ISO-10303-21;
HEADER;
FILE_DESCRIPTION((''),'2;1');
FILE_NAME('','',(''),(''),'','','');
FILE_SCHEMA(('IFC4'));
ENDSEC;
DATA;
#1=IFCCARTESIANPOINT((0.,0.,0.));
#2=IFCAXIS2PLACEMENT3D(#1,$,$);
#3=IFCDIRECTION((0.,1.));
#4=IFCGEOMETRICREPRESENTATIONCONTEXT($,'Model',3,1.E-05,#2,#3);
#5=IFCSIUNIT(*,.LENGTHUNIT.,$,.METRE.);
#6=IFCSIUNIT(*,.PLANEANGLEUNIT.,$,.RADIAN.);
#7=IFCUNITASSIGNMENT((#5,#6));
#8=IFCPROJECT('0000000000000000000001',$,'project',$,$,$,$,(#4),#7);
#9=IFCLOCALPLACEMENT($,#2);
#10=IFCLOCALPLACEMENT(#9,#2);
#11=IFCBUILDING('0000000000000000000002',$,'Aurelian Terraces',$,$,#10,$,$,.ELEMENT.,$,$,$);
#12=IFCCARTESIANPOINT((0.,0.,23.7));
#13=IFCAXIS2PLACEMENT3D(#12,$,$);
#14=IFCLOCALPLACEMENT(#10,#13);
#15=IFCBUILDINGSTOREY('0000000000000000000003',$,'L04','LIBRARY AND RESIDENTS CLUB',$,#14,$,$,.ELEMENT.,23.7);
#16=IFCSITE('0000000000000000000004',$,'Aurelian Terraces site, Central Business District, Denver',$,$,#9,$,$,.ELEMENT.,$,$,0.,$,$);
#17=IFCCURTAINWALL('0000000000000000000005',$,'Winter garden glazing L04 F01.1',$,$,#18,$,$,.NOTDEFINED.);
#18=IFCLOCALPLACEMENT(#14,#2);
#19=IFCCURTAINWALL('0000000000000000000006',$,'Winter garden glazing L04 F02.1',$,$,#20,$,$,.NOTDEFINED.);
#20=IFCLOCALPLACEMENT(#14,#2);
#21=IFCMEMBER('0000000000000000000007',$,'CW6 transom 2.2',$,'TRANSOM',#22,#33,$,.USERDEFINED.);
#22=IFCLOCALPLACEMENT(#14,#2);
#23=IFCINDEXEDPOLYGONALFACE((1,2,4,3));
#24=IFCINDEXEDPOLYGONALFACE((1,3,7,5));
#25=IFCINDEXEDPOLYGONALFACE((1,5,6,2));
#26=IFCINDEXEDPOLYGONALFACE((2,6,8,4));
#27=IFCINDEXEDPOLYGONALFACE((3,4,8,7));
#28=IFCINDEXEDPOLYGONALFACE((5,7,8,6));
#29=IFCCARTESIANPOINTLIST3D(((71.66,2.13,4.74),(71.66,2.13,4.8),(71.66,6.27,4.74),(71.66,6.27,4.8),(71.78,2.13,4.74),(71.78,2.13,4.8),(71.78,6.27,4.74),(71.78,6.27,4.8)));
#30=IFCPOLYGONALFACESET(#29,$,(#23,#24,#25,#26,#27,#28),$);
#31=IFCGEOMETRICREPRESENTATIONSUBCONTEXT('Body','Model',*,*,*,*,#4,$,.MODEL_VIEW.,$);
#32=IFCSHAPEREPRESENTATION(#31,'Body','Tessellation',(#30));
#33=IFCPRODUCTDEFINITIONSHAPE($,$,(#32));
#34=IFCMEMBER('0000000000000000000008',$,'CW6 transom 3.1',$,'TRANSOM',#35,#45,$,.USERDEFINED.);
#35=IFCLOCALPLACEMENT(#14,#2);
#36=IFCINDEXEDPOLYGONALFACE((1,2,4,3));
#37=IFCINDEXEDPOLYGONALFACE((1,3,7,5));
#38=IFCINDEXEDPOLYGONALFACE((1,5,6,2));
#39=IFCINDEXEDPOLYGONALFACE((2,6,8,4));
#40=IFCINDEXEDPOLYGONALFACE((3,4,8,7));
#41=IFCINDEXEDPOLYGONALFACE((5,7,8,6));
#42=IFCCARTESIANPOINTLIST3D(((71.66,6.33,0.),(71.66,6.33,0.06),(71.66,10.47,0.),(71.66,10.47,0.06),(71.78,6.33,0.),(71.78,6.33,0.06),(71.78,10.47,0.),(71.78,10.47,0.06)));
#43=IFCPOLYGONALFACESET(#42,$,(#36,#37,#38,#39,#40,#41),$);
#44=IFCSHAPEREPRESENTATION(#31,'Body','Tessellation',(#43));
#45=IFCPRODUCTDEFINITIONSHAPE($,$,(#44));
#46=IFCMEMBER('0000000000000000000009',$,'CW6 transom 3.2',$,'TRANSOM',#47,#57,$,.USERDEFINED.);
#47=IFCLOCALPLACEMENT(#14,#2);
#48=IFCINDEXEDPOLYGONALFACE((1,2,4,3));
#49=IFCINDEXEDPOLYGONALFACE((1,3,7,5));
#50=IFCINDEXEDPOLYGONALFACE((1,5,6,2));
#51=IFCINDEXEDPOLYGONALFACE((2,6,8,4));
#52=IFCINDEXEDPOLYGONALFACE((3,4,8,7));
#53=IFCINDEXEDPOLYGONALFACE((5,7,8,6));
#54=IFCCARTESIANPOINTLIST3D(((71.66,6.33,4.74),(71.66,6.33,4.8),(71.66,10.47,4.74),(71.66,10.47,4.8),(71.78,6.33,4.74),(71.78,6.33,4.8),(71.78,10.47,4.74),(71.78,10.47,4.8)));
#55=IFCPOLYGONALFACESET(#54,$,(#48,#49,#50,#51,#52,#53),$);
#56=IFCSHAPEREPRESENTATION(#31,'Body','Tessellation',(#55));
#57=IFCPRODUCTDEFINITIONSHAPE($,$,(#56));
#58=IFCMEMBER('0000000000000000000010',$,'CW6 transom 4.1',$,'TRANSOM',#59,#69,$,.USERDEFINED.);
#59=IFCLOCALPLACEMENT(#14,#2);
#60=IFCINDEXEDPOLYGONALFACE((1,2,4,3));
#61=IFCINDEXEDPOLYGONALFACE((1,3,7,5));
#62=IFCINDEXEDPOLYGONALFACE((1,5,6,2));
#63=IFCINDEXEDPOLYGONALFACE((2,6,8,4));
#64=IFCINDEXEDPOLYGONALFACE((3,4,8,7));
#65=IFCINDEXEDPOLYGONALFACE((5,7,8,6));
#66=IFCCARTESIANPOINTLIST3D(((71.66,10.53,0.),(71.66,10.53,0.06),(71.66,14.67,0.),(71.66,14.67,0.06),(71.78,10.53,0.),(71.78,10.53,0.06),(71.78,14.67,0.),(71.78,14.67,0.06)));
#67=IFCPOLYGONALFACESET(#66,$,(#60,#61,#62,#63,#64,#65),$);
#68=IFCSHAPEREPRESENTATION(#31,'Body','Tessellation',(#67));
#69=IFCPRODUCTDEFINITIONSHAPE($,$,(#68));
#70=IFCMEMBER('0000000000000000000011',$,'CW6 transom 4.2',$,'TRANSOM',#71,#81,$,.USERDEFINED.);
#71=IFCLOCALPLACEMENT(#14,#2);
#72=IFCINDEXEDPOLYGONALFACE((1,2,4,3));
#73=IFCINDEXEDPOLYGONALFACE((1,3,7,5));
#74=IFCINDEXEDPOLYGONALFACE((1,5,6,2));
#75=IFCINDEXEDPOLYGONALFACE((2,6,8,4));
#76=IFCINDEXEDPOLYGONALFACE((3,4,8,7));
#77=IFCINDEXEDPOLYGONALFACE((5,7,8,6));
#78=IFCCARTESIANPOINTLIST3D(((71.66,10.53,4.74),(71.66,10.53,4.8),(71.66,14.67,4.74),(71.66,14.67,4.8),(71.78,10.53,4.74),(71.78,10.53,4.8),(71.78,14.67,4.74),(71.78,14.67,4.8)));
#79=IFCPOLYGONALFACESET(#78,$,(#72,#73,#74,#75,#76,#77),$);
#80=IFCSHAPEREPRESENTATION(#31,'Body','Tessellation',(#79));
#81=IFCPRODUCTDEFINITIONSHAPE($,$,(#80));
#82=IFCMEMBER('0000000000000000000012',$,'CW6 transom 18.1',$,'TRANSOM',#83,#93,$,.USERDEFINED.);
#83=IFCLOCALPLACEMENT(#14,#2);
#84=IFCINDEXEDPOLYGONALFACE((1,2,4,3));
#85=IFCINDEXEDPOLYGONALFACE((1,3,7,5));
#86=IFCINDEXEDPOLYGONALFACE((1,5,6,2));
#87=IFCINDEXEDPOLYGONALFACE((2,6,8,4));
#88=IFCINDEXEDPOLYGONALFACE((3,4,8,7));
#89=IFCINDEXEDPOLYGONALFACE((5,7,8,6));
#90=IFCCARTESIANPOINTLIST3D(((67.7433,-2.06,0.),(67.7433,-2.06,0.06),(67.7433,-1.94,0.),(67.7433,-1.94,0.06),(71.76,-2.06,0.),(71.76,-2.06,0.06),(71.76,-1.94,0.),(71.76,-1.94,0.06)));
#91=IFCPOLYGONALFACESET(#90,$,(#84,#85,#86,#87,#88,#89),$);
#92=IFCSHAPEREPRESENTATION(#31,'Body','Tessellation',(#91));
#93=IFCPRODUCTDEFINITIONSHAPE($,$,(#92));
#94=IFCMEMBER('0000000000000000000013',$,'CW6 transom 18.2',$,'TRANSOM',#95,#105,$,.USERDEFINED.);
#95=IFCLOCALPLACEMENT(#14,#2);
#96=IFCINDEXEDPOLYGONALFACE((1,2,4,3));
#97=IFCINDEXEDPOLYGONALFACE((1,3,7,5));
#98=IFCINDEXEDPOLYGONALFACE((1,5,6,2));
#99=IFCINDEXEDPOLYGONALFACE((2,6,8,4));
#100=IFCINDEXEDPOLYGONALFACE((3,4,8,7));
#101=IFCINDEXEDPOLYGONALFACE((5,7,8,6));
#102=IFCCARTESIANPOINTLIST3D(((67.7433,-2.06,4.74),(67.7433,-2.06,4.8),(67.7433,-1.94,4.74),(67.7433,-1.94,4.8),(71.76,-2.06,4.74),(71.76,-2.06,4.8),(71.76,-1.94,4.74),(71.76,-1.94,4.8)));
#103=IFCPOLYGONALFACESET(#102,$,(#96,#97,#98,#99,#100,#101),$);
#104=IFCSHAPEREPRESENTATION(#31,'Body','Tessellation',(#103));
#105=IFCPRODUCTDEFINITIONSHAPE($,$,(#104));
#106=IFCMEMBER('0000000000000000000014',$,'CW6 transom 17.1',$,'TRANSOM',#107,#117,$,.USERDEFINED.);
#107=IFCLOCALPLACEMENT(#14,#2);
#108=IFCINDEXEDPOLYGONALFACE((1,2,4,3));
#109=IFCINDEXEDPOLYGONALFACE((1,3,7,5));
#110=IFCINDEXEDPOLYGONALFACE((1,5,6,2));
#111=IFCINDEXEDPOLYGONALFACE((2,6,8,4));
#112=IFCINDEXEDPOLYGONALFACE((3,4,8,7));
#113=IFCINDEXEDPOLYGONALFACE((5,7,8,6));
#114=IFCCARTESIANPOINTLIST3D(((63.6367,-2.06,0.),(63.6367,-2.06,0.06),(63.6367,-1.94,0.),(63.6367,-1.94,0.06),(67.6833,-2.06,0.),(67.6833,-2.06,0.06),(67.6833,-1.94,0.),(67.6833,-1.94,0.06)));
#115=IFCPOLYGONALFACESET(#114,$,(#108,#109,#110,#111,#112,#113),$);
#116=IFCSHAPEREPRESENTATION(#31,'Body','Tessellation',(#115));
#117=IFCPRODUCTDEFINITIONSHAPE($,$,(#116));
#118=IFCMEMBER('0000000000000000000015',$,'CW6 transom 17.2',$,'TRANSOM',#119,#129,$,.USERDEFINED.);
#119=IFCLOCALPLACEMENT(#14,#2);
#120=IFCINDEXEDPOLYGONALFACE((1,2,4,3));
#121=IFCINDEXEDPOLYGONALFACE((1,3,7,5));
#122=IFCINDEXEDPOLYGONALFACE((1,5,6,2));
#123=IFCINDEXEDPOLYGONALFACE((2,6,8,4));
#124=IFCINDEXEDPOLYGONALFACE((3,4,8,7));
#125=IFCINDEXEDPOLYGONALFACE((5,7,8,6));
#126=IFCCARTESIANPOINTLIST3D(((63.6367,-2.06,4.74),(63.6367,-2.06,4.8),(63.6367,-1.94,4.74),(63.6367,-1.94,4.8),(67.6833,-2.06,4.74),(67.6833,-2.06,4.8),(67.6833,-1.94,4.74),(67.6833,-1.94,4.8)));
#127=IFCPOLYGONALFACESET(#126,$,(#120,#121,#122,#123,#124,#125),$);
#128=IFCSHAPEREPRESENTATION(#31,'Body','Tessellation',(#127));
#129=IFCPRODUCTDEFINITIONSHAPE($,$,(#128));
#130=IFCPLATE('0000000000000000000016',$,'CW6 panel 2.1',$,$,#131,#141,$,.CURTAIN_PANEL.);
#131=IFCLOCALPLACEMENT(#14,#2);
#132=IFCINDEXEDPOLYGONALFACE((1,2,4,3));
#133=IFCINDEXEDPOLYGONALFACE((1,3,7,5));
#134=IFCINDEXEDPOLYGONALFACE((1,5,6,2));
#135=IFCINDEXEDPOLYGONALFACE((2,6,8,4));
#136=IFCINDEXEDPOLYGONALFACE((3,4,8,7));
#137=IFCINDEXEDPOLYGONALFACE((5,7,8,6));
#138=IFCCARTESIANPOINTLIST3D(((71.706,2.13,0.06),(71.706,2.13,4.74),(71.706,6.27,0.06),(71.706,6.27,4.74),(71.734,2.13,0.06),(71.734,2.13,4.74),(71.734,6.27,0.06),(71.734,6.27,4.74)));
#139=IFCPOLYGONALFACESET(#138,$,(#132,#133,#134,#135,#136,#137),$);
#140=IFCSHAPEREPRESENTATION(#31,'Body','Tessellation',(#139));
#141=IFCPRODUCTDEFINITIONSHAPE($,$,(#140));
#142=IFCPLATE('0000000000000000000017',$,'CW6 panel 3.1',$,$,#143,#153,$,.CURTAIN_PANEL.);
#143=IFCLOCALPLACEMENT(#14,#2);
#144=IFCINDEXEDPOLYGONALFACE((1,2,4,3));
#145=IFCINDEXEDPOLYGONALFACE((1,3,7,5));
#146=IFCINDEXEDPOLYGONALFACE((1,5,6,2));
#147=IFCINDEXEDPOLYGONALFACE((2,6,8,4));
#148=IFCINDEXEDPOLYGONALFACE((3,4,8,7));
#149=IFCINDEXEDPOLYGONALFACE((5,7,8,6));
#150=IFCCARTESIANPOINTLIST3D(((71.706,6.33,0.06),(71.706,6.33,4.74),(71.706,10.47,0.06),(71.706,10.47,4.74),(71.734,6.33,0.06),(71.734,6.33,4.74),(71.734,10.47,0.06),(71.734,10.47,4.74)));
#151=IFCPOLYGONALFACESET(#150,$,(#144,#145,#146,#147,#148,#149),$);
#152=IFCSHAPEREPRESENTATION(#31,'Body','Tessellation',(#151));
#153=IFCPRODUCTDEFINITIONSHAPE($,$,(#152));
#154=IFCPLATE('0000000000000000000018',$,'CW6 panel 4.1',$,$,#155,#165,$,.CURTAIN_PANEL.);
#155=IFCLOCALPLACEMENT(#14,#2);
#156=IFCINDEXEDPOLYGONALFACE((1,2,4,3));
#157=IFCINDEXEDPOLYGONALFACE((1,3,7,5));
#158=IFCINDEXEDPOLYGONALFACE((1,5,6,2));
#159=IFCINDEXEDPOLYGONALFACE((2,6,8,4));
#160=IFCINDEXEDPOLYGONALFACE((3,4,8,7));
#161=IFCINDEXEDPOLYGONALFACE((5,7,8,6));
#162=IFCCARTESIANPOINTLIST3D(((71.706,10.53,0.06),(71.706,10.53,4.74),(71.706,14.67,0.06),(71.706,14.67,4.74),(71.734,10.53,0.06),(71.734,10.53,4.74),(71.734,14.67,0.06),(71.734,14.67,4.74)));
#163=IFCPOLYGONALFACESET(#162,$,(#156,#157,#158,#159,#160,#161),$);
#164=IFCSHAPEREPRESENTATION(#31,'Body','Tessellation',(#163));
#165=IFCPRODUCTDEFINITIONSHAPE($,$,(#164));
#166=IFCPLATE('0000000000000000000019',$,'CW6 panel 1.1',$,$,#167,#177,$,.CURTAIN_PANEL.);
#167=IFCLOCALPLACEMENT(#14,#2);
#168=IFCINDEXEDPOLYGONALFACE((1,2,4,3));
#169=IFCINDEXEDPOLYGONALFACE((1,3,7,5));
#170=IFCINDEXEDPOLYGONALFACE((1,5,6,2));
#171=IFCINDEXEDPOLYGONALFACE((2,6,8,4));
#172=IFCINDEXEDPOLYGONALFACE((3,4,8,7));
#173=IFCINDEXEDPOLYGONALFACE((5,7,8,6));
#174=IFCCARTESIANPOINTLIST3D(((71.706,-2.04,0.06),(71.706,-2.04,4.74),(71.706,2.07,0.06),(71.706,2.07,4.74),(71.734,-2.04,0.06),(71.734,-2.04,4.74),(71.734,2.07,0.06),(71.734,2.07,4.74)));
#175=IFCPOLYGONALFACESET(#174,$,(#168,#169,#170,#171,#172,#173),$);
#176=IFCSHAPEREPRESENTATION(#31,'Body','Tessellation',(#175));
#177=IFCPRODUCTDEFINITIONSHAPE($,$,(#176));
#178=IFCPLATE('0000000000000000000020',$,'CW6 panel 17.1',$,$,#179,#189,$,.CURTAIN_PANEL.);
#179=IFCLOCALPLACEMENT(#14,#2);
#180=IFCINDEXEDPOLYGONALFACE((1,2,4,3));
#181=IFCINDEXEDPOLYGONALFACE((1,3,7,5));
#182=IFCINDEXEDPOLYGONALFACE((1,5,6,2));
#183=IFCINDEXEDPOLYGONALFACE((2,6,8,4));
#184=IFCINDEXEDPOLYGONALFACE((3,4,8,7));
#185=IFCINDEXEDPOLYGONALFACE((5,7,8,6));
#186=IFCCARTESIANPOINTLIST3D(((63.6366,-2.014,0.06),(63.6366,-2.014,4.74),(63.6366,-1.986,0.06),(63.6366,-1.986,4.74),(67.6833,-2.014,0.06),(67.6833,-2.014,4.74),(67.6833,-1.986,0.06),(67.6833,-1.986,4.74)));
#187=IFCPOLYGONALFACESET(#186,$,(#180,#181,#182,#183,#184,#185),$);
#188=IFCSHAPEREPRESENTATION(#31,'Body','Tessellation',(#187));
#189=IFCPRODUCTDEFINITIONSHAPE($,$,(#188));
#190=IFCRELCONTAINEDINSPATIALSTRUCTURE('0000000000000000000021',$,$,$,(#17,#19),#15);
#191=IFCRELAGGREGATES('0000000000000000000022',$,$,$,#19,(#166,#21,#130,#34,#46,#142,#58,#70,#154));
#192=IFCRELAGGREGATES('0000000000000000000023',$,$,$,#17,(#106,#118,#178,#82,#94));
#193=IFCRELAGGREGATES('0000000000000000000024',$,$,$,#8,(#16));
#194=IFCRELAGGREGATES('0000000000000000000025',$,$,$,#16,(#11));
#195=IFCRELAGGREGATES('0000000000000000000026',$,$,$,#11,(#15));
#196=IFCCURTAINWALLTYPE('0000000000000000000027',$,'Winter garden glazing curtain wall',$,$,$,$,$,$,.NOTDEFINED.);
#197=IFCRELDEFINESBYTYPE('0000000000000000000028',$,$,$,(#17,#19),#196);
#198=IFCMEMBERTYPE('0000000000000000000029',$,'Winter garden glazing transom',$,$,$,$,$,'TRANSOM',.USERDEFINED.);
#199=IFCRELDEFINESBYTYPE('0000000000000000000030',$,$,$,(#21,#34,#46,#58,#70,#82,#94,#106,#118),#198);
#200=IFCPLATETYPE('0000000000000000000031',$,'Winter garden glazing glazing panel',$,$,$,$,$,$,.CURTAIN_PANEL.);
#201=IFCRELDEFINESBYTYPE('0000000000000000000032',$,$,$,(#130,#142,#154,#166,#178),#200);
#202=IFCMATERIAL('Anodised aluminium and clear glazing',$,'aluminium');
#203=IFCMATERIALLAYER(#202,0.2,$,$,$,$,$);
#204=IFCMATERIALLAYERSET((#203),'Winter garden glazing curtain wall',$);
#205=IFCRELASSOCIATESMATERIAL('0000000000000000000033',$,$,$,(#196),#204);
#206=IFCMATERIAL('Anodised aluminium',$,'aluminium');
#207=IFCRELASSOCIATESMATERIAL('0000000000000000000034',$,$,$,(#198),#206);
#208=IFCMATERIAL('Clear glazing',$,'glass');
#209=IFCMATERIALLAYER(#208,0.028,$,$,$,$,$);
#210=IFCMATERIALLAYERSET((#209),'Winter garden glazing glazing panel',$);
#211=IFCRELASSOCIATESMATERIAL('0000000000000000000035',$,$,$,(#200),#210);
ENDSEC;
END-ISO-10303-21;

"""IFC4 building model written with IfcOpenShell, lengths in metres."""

from ifc_helpers import new_model, si_unit, direction, frame, origin, origin_2d, place, context, subcontext, project, spatial, rectangle, extrude, source, transform, mapped, material, layer, layer_set, material_profile, profile_set, type_object, element, aggregate, save


model = new_model("IFC4")

# Units and contexts
model_context = context("Model", 3, precision=1e-05, world=origin(), true_north=direction((0.0, 1.0)))
body_context = subcontext(model_context, "Body", "Model", "MODEL_VIEW")
ifc_project = project(units=[si_unit("LENGTHUNIT", "METRE"), si_unit("PLANEANGLEUNIT", "RADIAN")], contexts=[model_context])

# Site, building, storey
site_placement = place(None, origin())
site = spatial("IfcSite", under=ifc_project, at=site_placement, Name="Aurelian Terraces site, Central Business District, Denver", CompositionType="ELEMENT", RefElevation=0.0)
building_placement = place(site_placement, origin())
building = spatial("IfcBuilding", under=site, at=building_placement, Name="Aurelian Terraces", CompositionType="ELEMENT")
storey_placement = place(building_placement, frame((0.0, 0.0, 23.7)))
storey = spatial("IfcBuildingStorey", under=building, at=storey_placement, Name="L04", Description="LIBRARY AND RESIDENTS CLUB", CompositionType="ELEMENT", Elevation=23.7)

# Curtain walls, members
ifc_material_1 = material(Name="Anodised aluminium and clear glazing", Category="aluminium")
ifc_layer_1 = layer(ifc_material_1, 0.2)
ifc_layer_set_1 = layer_set([ifc_layer_1], Name="Winter garden glazing curtain wall")
curtain_wall_type = type_object("IfcCurtainWallType", Name="Winter garden glazing curtain wall", PredefinedType="NOTDEFINED", material=ifc_layer_set_1)
curtain_wall_1_placement = place(storey_placement, origin())
curtain_wall_1 = element("IfcCurtainWall", 1, at=curtain_wall_1_placement, inside=storey, type_object=curtain_wall_type, Name="Winter garden glazing L04 F01.1", PredefinedType="NOTDEFINED")
ifc_material_2 = material(Name="Anodised aluminium", Category="aluminium")
curtain_wall_2_placement = place(storey_placement, origin())
curtain_wall_2 = element("IfcCurtainWall", 2, at=curtain_wall_2_placement, inside=storey, type_object=curtain_wall_type, Name="Winter garden glazing L04 F02.1", PredefinedType="NOTDEFINED")
ifc_material_profile_1 = material_profile(ifc_material_2, rectangle(XDim=0.12, YDim=0.06, at=origin_2d()))
ifc_profile_set_1 = profile_set([ifc_material_profile_1], Name="Anodised aluminium")
member_type_1 = type_object("IfcMemberType", Name="Winter garden glazing transom", ElementType="TRANSOM", PredefinedType="USERDEFINED", material=ifc_profile_set_1)
shared_shape_1 = source(origin(), body_context, "Body", "SweptSolid", [
    extrude(rectangle(XDim=0.12, YDim=0.06, at=origin_2d()), origin(), (0.0, 0.0, 1.0), 4.14),
])
member_1_placement = place(storey_placement, frame((71.72, 2.13, 4.77), z_axis=(0.0, 1.0, 0.0), x_axis=(-1.0, 0.0, 0.0)))
member_1 = element("IfcMember", 3, at=member_1_placement, type_object=member_type_1, Name="CW6 transom 2.2", ObjectType="TRANSOM", PredefinedType="USERDEFINED", context=body_context, shape_type="MappedRepresentation", body=[
    mapped(shared_shape_1, transform((0.0, 0.0, 0.0), scale=1.0)),
])
member_2_placement = place(storey_placement, frame((71.72, 6.33, 0.03), z_axis=(0.0, 1.0, 0.0), x_axis=(-1.0, 0.0, 0.0)))
member_2 = element("IfcMember", 4, at=member_2_placement, type_object=member_type_1, Name="CW6 transom 3.1", ObjectType="TRANSOM", PredefinedType="USERDEFINED", context=body_context, shape_type="MappedRepresentation", body=[
    mapped(shared_shape_1, transform((0.0, 0.0, 0.0), scale=1.0)),
])
member_3_placement = place(storey_placement, frame((71.72, 6.33, 4.77), z_axis=(0.0, 1.0, 0.0), x_axis=(-1.0, 0.0, 0.0)))
member_3 = element("IfcMember", 5, at=member_3_placement, type_object=member_type_1, Name="CW6 transom 3.2", ObjectType="TRANSOM", PredefinedType="USERDEFINED", context=body_context, shape_type="MappedRepresentation", body=[
    mapped(shared_shape_1, transform((0.0, 0.0, 0.0), scale=1.0)),
])
member_4_placement = place(storey_placement, frame((71.72, 10.53, 0.03), z_axis=(0.0, 1.0, 0.0), x_axis=(-1.0, 0.0, 0.0)))
member_4 = element("IfcMember", 6, at=member_4_placement, type_object=member_type_1, Name="CW6 transom 4.1", ObjectType="TRANSOM", PredefinedType="USERDEFINED", context=body_context, shape_type="MappedRepresentation", body=[
    mapped(shared_shape_1, transform((0.0, 0.0, 0.0), scale=1.0)),
])
member_5_placement = place(storey_placement, frame((71.72, 10.53, 4.77), z_axis=(0.0, 1.0, 0.0), x_axis=(-1.0, 0.0, 0.0)))
member_5 = element("IfcMember", 7, at=member_5_placement, type_object=member_type_1, Name="CW6 transom 4.2", ObjectType="TRANSOM", PredefinedType="USERDEFINED", context=body_context, shape_type="MappedRepresentation", body=[
    mapped(shared_shape_1, transform((0.0, 0.0, 0.0), scale=1.0)),
])

# Members
shared_shape_2 = source(origin(), body_context, "Body", "SweptSolid", [
    extrude(rectangle(XDim=0.12, YDim=0.06, at=origin_2d()), origin(), (0.0, 0.0, 1.0), 4.0167),
])
member_6_placement = place(storey_placement, frame((67.7433, -2.0, 0.03), z_axis=(1.0, 0.0, 0.0), x_axis=(0.0, 1.0, 0.0)))
member_6 = element("IfcMember", 8, at=member_6_placement, type_object=member_type_1, Name="CW6 transom 18.1", ObjectType="TRANSOM", PredefinedType="USERDEFINED", context=body_context, shape_type="MappedRepresentation", body=[
    mapped(shared_shape_2, transform((0.0, 0.0, 0.0), scale=1.0)),
])
member_7_placement = place(storey_placement, frame((67.7433, -2.0, 4.77), z_axis=(1.0, 0.0, 0.0), x_axis=(0.0, 1.0, 0.0)))
member_7 = element("IfcMember", 9, at=member_7_placement, type_object=member_type_1, Name="CW6 transom 18.2", ObjectType="TRANSOM", PredefinedType="USERDEFINED", context=body_context, shape_type="MappedRepresentation", body=[
    mapped(shared_shape_2, transform((0.0, 0.0, 0.0), scale=1.0)),
])
shared_shape_3 = source(origin(), body_context, "Body", "SweptSolid", [
    extrude(rectangle(XDim=0.12, YDim=0.06, at=origin_2d()), origin(), (0.0, 0.0, 1.0), 4.0466),
])
member_8_placement = place(storey_placement, frame((63.6367, -2.0, 0.03), z_axis=(1.0, 0.0, 0.0), x_axis=(0.0, 1.0, 0.0)))
member_8 = element("IfcMember", 10, at=member_8_placement, type_object=member_type_1, Name="CW6 transom 17.1", ObjectType="TRANSOM", PredefinedType="USERDEFINED", context=body_context, shape_type="MappedRepresentation", body=[
    mapped(shared_shape_3, transform((0.0, 0.0, 0.0), scale=1.0)),
])
member_9_placement = place(storey_placement, frame((63.6367, -2.0, 4.77), z_axis=(1.0, 0.0, 0.0), x_axis=(0.0, 1.0, 0.0)))
member_9 = element("IfcMember", 11, at=member_9_placement, type_object=member_type_1, Name="CW6 transom 17.2", ObjectType="TRANSOM", PredefinedType="USERDEFINED", context=body_context, shape_type="MappedRepresentation", body=[
    mapped(shared_shape_3, transform((0.0, 0.0, 0.0), scale=1.0)),
])

# Plates
ifc_material_3 = material(Name="Clear glazing", Category="glass")
ifc_layer_2 = layer(ifc_material_3, 0.028)
ifc_layer_set_2 = layer_set([ifc_layer_2], Name="Winter garden glazing glazing panel")
plate_type = type_object("IfcPlateType", Name="Winter garden glazing glazing panel", PredefinedType="CURTAIN_PANEL", material=ifc_layer_set_2)
shared_shape_4 = source(origin(), body_context, "Body", "SweptSolid", [
    extrude(rectangle(XDim=4.14, YDim=0.028, at=origin_2d()), origin(), (0.0, 0.0, 1.0), 4.68),
])
plate_1_placement = place(storey_placement, frame((71.72, 4.2, 0.06), z_axis=(0.0, 0.0, 1.0), x_axis=(0.0, 1.0, 0.0)))
plate_1 = element("IfcPlate", 12, at=plate_1_placement, type_object=plate_type, Name="CW6 panel 2.1", PredefinedType="CURTAIN_PANEL", context=body_context, shape_type="MappedRepresentation", body=[
    mapped(shared_shape_4, transform((0.0, 0.0, 0.0), scale=1.0)),
])
plate_2_placement = place(storey_placement, frame((71.72, 8.4, 0.06), z_axis=(0.0, 0.0, 1.0), x_axis=(0.0, 1.0, 0.0)))
plate_2 = element("IfcPlate", 13, at=plate_2_placement, type_object=plate_type, Name="CW6 panel 3.1", PredefinedType="CURTAIN_PANEL", context=body_context, shape_type="MappedRepresentation", body=[
    mapped(shared_shape_4, transform((0.0, 0.0, 0.0), scale=1.0)),
])
plate_3_placement = place(storey_placement, frame((71.72, 12.6, 0.06), z_axis=(0.0, 0.0, 1.0), x_axis=(0.0, 1.0, 0.0)))
plate_3 = element("IfcPlate", 14, at=plate_3_placement, type_object=plate_type, Name="CW6 panel 4.1", PredefinedType="CURTAIN_PANEL", context=body_context, shape_type="MappedRepresentation", body=[
    mapped(shared_shape_4, transform((0.0, 0.0, 0.0), scale=1.0)),
])
shared_shape_5 = source(origin(), body_context, "Body", "SweptSolid", [
    extrude(rectangle(XDim=4.11, YDim=0.028, at=origin_2d()), origin(), (0.0, 0.0, 1.0), 4.68),
])
plate_4_placement = place(storey_placement, frame((71.72, 0.015, 0.06), z_axis=(0.0, 0.0, 1.0), x_axis=(0.0, 1.0, 0.0)))
plate_4 = element("IfcPlate", 15, at=plate_4_placement, type_object=plate_type, Name="CW6 panel 1.1", PredefinedType="CURTAIN_PANEL", context=body_context, shape_type="MappedRepresentation", body=[
    mapped(shared_shape_5, transform((0.0, 0.0, 0.0), scale=1.0)),
])
aggregate(curtain_wall_2, [plate_4, member_1, plate_1, member_2, member_3, plate_2, member_4, member_5, plate_3])
shared_shape_6 = source(origin(), body_context, "Body", "SweptSolid", [
    extrude(rectangle(XDim=4.0467, YDim=0.028, at=origin_2d()), origin(), (0.0, 0.0, 1.0), 4.68),
])
plate_5_placement = place(storey_placement, frame((65.66, -2.0, 0.06), z_axis=(0.0, 0.0, 1.0), x_axis=(1.0, 0.0, 0.0)))
plate_5 = element("IfcPlate", 16, at=plate_5_placement, type_object=plate_type, Name="CW6 panel 17.1", PredefinedType="CURTAIN_PANEL", context=body_context, shape_type="MappedRepresentation", body=[
    mapped(shared_shape_6, transform((0.0, 0.0, 0.0), scale=1.0)),
])
aggregate(curtain_wall_1, [member_8, member_9, plate_5, member_6, member_7])

save(model, "model.ifc")
